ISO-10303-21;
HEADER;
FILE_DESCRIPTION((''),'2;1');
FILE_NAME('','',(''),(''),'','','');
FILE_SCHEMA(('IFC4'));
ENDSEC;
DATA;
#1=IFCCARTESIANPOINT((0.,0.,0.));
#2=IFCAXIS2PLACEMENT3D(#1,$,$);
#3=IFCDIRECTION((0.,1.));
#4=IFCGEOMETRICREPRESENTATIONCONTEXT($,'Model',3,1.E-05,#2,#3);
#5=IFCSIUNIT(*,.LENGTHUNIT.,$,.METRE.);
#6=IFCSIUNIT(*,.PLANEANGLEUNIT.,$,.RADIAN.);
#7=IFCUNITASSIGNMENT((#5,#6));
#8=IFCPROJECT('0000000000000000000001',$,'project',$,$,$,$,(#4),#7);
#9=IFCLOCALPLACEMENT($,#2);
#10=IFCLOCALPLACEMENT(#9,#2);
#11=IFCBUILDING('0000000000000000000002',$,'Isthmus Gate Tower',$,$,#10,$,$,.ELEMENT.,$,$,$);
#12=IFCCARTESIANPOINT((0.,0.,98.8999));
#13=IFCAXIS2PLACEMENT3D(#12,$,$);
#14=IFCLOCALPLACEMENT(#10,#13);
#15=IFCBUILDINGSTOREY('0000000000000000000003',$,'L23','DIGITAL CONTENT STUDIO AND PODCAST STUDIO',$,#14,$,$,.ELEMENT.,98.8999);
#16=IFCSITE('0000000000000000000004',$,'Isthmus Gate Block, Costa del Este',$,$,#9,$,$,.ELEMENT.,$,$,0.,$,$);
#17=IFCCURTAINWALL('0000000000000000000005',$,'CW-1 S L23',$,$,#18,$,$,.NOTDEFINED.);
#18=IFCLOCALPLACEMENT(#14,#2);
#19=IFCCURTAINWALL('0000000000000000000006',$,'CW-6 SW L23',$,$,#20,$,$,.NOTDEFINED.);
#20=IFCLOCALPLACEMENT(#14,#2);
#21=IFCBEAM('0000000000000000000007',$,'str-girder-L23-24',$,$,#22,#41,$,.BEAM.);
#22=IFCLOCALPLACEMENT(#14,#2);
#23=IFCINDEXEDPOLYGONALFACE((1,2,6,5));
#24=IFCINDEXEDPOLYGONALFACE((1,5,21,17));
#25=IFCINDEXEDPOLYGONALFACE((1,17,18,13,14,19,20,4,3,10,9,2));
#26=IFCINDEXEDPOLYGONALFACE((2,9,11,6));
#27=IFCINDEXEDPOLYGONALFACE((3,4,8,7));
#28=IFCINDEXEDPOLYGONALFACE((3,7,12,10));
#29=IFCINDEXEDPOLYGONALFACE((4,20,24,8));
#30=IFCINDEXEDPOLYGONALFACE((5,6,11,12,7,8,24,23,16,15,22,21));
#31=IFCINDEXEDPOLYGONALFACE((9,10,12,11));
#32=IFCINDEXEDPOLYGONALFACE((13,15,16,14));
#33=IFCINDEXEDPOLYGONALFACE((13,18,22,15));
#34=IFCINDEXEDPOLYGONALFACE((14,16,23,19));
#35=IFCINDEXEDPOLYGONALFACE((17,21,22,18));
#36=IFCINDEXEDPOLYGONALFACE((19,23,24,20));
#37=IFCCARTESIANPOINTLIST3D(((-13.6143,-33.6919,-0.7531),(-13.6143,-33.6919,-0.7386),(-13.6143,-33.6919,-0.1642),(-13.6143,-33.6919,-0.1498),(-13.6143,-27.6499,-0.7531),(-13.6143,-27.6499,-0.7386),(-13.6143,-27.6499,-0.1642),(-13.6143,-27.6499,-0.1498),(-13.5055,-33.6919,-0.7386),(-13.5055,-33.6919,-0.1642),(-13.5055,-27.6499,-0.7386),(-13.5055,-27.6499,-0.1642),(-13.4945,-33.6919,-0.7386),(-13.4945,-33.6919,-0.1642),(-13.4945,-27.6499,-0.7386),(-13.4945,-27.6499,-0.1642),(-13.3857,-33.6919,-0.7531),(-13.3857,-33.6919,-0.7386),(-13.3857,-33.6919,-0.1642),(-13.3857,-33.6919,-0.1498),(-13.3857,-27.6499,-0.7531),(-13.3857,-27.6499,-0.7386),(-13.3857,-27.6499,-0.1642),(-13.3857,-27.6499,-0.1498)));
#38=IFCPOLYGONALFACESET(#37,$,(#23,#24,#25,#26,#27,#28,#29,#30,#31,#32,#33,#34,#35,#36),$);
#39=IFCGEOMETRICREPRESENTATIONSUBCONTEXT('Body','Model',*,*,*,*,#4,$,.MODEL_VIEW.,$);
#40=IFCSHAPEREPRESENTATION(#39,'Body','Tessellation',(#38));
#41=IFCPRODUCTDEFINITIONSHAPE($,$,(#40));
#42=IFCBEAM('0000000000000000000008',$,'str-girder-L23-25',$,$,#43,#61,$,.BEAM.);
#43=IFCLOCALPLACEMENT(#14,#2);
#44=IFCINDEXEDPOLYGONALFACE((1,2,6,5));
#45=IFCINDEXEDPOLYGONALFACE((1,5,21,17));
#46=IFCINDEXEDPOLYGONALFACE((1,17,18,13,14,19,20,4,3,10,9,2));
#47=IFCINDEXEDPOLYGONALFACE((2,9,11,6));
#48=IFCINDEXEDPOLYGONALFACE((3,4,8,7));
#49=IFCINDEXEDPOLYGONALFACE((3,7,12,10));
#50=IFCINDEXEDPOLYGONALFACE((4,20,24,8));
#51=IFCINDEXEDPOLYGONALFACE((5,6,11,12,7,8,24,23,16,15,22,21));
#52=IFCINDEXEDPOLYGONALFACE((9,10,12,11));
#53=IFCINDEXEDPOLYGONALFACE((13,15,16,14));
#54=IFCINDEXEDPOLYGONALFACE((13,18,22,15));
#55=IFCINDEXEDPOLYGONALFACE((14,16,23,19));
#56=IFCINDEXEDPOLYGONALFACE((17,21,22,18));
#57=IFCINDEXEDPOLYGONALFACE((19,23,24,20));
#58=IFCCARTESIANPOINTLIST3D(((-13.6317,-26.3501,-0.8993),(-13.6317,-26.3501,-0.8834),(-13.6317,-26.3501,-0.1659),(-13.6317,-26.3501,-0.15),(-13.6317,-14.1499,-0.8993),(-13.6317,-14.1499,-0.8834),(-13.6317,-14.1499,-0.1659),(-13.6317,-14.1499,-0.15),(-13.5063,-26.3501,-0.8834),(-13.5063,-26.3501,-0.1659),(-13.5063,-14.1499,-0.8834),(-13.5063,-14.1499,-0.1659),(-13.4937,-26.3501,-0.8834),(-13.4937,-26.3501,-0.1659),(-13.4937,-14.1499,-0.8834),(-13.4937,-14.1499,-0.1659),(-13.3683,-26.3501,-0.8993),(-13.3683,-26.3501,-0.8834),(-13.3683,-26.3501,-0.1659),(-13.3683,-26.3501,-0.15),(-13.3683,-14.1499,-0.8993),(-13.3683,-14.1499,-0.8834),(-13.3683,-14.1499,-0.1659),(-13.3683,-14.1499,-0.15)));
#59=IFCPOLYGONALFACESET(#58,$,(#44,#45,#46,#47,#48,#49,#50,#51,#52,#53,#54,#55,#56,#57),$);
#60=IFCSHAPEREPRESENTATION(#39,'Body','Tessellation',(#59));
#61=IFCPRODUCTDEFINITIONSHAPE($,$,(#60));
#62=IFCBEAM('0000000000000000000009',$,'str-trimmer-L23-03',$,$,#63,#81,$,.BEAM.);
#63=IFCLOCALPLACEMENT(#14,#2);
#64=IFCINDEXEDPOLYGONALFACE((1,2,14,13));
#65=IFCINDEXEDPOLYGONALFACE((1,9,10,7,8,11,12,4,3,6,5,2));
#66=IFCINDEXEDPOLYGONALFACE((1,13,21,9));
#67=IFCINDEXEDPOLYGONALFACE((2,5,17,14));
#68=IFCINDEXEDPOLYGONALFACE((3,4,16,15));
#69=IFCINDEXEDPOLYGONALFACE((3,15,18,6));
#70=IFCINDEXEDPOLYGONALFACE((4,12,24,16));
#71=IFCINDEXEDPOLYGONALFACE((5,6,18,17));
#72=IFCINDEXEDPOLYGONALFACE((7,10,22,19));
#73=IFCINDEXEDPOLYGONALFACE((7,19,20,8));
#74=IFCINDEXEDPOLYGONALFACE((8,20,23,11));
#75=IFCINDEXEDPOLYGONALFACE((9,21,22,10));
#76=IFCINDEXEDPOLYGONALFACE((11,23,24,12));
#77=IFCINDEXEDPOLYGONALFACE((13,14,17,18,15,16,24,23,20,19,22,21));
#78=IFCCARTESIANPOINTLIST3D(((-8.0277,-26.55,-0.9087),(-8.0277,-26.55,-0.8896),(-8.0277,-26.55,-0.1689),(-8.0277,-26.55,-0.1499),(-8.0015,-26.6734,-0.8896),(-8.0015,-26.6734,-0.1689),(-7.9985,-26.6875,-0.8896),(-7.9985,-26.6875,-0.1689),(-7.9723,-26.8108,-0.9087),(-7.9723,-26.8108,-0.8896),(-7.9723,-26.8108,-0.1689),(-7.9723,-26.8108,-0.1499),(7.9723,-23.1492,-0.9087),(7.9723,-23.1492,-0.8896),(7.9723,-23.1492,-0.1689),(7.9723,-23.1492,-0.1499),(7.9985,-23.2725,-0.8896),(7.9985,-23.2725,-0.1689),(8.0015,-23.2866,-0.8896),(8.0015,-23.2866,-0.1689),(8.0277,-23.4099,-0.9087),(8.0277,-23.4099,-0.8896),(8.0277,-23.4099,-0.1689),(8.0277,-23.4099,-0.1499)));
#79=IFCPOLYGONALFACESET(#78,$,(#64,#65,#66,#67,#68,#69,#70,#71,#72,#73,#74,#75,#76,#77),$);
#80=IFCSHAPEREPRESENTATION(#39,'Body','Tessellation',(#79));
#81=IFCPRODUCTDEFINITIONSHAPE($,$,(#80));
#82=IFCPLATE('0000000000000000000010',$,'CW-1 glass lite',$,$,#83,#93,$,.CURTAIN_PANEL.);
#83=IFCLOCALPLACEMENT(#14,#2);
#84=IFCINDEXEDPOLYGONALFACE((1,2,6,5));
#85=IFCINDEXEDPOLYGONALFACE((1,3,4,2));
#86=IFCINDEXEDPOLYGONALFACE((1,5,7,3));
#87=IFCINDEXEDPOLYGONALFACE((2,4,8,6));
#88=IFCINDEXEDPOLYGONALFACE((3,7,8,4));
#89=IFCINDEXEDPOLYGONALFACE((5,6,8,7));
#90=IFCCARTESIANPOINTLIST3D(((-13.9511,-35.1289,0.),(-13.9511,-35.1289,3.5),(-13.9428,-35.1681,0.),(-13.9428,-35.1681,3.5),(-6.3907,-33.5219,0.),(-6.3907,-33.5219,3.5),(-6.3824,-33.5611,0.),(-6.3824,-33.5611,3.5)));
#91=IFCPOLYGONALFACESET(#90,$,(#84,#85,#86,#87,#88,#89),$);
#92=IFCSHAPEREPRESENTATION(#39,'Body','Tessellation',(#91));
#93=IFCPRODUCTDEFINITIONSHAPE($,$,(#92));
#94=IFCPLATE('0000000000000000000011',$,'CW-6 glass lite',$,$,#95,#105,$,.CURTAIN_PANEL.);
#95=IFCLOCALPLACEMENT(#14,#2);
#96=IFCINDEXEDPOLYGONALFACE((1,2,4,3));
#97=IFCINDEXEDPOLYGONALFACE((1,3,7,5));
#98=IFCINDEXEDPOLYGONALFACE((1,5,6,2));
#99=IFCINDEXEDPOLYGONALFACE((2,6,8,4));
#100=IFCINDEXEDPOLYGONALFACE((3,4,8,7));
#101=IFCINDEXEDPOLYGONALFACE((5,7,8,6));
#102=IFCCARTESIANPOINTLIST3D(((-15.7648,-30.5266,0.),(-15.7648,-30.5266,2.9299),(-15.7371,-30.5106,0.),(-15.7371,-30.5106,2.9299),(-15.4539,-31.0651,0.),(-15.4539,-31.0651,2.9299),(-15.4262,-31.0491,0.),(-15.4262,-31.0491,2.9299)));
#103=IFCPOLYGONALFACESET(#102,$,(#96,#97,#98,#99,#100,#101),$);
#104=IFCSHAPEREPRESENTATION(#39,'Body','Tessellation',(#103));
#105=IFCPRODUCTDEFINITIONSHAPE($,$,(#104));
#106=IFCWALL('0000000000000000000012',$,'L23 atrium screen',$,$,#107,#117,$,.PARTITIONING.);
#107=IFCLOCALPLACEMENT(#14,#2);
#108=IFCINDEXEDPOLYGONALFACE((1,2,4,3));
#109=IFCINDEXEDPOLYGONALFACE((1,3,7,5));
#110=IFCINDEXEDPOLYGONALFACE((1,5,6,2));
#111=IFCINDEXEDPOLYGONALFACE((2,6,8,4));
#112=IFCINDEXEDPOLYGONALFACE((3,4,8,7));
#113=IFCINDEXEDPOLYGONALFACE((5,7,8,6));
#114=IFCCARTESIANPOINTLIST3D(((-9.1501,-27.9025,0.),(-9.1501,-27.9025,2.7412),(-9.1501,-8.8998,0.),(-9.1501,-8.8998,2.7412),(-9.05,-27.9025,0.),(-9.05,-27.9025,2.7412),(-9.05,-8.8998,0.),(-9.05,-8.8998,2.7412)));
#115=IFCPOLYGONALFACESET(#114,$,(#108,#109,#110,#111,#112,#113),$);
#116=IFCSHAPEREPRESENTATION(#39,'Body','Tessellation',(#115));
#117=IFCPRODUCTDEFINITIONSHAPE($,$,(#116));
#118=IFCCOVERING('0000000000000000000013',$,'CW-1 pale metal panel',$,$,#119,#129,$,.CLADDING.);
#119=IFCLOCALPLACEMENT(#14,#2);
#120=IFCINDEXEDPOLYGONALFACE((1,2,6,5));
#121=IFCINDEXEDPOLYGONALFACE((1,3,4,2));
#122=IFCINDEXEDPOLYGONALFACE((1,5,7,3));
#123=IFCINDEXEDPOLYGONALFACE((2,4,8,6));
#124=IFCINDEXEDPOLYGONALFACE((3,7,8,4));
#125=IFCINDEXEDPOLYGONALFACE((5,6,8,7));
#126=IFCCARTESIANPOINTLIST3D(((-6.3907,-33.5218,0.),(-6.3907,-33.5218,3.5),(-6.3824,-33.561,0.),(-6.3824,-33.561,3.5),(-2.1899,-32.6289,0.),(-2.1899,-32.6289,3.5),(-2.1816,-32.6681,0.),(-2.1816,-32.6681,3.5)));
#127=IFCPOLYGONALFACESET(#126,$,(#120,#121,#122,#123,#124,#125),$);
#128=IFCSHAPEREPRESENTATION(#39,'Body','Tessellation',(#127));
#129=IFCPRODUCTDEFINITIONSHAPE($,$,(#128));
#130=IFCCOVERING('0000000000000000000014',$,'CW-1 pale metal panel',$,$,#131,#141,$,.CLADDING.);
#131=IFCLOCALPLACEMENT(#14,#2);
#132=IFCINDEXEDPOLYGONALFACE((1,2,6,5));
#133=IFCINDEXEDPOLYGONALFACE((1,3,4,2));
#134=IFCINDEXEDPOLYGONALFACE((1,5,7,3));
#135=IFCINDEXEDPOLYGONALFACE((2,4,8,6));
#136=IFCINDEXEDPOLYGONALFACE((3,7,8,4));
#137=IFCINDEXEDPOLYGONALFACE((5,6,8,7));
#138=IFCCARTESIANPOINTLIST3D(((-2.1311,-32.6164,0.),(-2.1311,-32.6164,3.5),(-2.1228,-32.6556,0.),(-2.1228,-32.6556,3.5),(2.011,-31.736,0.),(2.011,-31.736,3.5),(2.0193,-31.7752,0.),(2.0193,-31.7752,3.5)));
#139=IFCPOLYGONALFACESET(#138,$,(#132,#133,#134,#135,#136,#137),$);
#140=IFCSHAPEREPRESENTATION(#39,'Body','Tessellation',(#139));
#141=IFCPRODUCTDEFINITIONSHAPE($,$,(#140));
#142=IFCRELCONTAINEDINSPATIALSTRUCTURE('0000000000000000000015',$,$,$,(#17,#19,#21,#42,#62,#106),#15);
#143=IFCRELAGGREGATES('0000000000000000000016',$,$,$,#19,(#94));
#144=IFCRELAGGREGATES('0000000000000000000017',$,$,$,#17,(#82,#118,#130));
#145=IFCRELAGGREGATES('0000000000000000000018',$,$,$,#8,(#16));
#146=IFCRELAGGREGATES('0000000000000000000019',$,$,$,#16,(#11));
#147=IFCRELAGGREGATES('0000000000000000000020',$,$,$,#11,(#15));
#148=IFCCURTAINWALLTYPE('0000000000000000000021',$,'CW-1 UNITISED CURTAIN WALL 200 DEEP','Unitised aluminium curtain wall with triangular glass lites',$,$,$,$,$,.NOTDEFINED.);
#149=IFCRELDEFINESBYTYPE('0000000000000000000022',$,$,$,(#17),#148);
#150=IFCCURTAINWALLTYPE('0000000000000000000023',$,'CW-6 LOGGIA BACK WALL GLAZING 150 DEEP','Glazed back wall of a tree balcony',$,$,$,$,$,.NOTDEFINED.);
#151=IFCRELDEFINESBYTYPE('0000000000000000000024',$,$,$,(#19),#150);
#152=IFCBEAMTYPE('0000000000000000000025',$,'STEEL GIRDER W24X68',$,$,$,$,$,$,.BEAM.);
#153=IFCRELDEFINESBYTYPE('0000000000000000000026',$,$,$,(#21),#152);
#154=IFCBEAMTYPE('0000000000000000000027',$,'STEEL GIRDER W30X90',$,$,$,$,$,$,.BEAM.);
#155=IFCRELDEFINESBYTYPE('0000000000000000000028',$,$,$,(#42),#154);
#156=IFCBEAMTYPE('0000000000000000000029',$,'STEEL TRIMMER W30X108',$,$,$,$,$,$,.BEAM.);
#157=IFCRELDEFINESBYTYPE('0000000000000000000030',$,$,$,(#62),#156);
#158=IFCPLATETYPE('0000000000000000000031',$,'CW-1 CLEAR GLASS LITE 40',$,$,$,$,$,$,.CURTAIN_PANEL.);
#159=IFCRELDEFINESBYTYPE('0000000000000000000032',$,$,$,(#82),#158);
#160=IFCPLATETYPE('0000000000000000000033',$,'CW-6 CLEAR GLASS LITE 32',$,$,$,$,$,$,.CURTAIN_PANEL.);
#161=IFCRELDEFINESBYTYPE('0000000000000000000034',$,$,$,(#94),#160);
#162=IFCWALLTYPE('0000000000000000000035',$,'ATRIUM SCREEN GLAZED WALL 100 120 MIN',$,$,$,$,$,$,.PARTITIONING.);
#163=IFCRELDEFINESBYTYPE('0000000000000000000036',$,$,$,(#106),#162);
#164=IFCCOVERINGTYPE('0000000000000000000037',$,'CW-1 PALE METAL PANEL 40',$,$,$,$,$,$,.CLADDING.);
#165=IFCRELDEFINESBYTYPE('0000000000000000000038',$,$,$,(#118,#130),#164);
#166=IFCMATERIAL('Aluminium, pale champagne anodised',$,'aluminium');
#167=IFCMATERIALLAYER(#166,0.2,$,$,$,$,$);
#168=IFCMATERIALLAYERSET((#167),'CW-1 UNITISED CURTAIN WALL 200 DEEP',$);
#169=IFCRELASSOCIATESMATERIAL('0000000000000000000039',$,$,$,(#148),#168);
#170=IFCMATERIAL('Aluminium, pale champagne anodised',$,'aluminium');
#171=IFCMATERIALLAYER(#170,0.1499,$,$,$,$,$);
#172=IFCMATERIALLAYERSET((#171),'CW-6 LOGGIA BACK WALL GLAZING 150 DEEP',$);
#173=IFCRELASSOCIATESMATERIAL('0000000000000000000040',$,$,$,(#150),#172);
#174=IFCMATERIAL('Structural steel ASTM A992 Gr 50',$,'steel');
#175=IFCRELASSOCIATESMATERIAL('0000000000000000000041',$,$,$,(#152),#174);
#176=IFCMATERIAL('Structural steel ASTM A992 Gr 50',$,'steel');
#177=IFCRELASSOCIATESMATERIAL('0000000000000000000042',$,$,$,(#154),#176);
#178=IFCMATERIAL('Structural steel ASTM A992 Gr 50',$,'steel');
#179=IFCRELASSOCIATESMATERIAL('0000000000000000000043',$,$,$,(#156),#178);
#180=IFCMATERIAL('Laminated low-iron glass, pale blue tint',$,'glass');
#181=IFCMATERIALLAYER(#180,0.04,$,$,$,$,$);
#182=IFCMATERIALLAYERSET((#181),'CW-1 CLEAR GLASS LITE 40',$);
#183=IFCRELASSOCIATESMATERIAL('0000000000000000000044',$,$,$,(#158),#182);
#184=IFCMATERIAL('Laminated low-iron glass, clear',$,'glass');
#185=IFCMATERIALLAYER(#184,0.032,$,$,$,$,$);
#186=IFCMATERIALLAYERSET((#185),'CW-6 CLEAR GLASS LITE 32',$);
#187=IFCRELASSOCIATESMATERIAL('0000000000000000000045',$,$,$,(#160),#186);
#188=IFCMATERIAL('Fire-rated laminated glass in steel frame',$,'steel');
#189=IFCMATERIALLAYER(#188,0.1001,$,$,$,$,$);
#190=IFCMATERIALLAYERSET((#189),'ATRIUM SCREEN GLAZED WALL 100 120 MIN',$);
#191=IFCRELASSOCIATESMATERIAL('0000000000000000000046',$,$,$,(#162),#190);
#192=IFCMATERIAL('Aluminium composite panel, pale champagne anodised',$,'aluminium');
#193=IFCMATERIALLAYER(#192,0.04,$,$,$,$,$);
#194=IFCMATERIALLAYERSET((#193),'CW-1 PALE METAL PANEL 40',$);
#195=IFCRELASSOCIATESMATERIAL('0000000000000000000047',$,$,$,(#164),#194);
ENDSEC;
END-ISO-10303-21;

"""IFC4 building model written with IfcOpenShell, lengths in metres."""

from ifc_helpers import new_model, si_unit, direction, frame, frame_2d, origin, origin_2d, place, context, subcontext, project, spatial, rectangle, i_section, extrude, material, layer, layer_set, material_profile, profile_set, type_object, element, aggregate, save


model = new_model("IFC4")

# Units and contexts
model_context = context("Model", 3, precision=1e-05, world=origin(), true_north=direction((0.0, 1.0)))
body_context = subcontext(model_context, "Body", "Model", "MODEL_VIEW")
ifc_project = project(units=[si_unit("LENGTHUNIT", "METRE"), si_unit("PLANEANGLEUNIT", "RADIAN")], contexts=[model_context])

# Site, building, storey
site_placement = place(None, origin())
site = spatial("IfcSite", under=ifc_project, at=site_placement, Name="Isthmus Gate Block, Costa del Este", CompositionType="ELEMENT", RefElevation=0.0)
building_placement = place(site_placement, origin())
building = spatial("IfcBuilding", under=site, at=building_placement, Name="Isthmus Gate Tower", CompositionType="ELEMENT")
storey_placement = place(building_placement, frame((0.0, 0.0, 98.8999)))
storey = spatial("IfcBuildingStorey", under=building, at=storey_placement, Name="L23", Description="DIGITAL CONTENT STUDIO AND PODCAST STUDIO", CompositionType="ELEMENT", Elevation=98.8999)

# Curtain wall
ifc_material_1 = material(Name="Aluminium, pale champagne anodised", Category="aluminium")
ifc_layer_1 = layer(ifc_material_1, 0.2)
ifc_layer_set_1 = layer_set([ifc_layer_1], Name="CW-1 UNITISED CURTAIN WALL 200 DEEP")
curtain_wall_type_1 = type_object("IfcCurtainWallType", Name="CW-1 UNITISED CURTAIN WALL 200 DEEP", Description="Unitised aluminium curtain wall with triangular glass lites", PredefinedType="NOTDEFINED", material=ifc_layer_set_1)
curtain_wall_1_placement = place(storey_placement, origin())
curtain_wall_1 = element("IfcCurtainWall", 1, at=curtain_wall_1_placement, inside=storey, type_object=curtain_wall_type_1, Name="CW-1 S L23", PredefinedType="NOTDEFINED")

# Curtain wall
ifc_material_2 = material(Name="Aluminium, pale champagne anodised", Category="aluminium")
ifc_layer_2 = layer(ifc_material_2, 0.1499)
ifc_layer_set_2 = layer_set([ifc_layer_2], Name="CW-6 LOGGIA BACK WALL GLAZING 150 DEEP")
curtain_wall_type_2 = type_object("IfcCurtainWallType", Name="CW-6 LOGGIA BACK WALL GLAZING 150 DEEP", Description="Glazed back wall of a tree balcony", PredefinedType="NOTDEFINED", material=ifc_layer_set_2)
curtain_wall_2_placement = place(storey_placement, origin())
curtain_wall_2 = element("IfcCurtainWall", 2, at=curtain_wall_2_placement, inside=storey, type_object=curtain_wall_type_2, Name="CW-6 SW L23", PredefinedType="NOTDEFINED")

# Beams
ifc_material_3 = material(Name="Structural steel ASTM A992 Gr 50", Category="steel")
ifc_material_profile_1 = material_profile(ifc_material_3, i_section(OverallWidth=0.2285, OverallDepth=0.6033, WebThickness=0.011, FlangeThickness=0.0144, at=origin_2d()), Name="W24X68")
ifc_profile_set_1 = profile_set([ifc_material_profile_1], Name="Structural steel ASTM A992 Gr 50")
beam_type_1 = type_object("IfcBeamType", Name="STEEL GIRDER W24X68", PredefinedType="BEAM", material=ifc_profile_set_1)
beam_1_placement = place(storey_placement, frame((-13.5, -33.6919, -0.4514), z_axis=(0.0, 1.0, 0.0), x_axis=(-1.0, 0.0, 0.0)))
element("IfcBeam", 3, at=beam_1_placement, inside=storey, type_object=beam_type_1, Name="str-girder-L23-24", PredefinedType="BEAM", context=body_context, shape_type="SweptSolid", body=[
    extrude(i_section(OverallWidth=0.2285, OverallDepth=0.6033, WebThickness=0.011, FlangeThickness=0.0144, at=origin_2d()), origin(), (0.0, 0.0, 1.0), 6.042),
])
ifc_material_4 = material(Name="Structural steel ASTM A992 Gr 50", Category="steel")
ifc_material_profile_2 = material_profile(ifc_material_4, i_section(OverallWidth=0.2634, OverallDepth=0.7493, WebThickness=0.0127, FlangeThickness=0.0159, at=origin_2d()), Name="W30X90")
ifc_profile_set_2 = profile_set([ifc_material_profile_2], Name="Structural steel ASTM A992 Gr 50")
beam_type_2 = type_object("IfcBeamType", Name="STEEL GIRDER W30X90", PredefinedType="BEAM", material=ifc_profile_set_2)
beam_2_placement = place(storey_placement, frame((-13.5, -26.3501, -0.5247), z_axis=(0.0, 1.0, 0.0), x_axis=(-1.0, 0.0, 0.0)))
element("IfcBeam", 4, at=beam_2_placement, inside=storey, type_object=beam_type_2, Name="str-girder-L23-25", PredefinedType="BEAM", context=body_context, shape_type="SweptSolid", body=[
    extrude(i_section(OverallWidth=0.2634, OverallDepth=0.7493, WebThickness=0.0127, FlangeThickness=0.0159, at=origin_2d()), origin(), (0.0, 0.0, 1.0), 12.2002),
])
ifc_material_5 = material(Name="Structural steel ASTM A992 Gr 50", Category="steel")
ifc_material_profile_3 = material_profile(ifc_material_5, i_section(OverallWidth=0.2666, OverallDepth=0.7588, WebThickness=0.0144, FlangeThickness=0.019, at=origin_2d()), Name="W30X108")
ifc_profile_set_3 = profile_set([ifc_material_profile_3], Name="Structural steel ASTM A992 Gr 50")
beam_type_3 = type_object("IfcBeamType", Name="STEEL TRIMMER W30X108", PredefinedType="BEAM", material=ifc_profile_set_3)
beam_3_placement = place(storey_placement, frame((-8.0, -26.6804, -0.5293), z_axis=(0.978148, 0.20791, 0.0), x_axis=(-0.20791, 0.978148, 0.0)))
element("IfcBeam", 5, at=beam_3_placement, inside=storey, type_object=beam_type_3, Name="str-trimmer-L23-03", PredefinedType="BEAM", context=body_context, shape_type="SweptSolid", body=[
    extrude(i_section(OverallWidth=0.2666, OverallDepth=0.7588, WebThickness=0.0144, FlangeThickness=0.019, at=origin_2d()), origin(), (0.0, 0.0, 1.0), 16.3574),
])

# Plates
ifc_material_6 = material(Name="Laminated low-iron glass, pale blue tint", Category="glass")
ifc_layer_3 = layer(ifc_material_6, 0.04)
ifc_layer_set_3 = layer_set([ifc_layer_3], Name="CW-1 CLEAR GLASS LITE 40")
plate_type_1 = type_object("IfcPlateType", Name="CW-1 CLEAR GLASS LITE 40", PredefinedType="CURTAIN_PANEL", material=ifc_layer_set_3)
plate_1_placement = place(storey_placement, frame((-10.1667, -34.345, 0.0), z_axis=(0.0, 0.0, 1.0), x_axis=(0.978148, 0.207912, 0.0)))
plate_1 = element("IfcPlate", 6, at=plate_1_placement, type_object=plate_type_1, Name="CW-1 glass lite", PredefinedType="CURTAIN_PANEL", context=body_context, shape_type="SweptSolid", body=[
    extrude(rectangle(XDim=7.7292, YDim=0.04, at=origin_2d()), origin(), (0.0, 0.0, 1.0), 3.5),
])
ifc_material_7 = material(Name="Laminated low-iron glass, clear", Category="glass")
ifc_layer_4 = layer(ifc_material_7, 0.032)
ifc_layer_set_4 = layer_set([ifc_layer_4], Name="CW-6 CLEAR GLASS LITE 32")
plate_type_2 = type_object("IfcPlateType", Name="CW-6 CLEAR GLASS LITE 32", PredefinedType="CURTAIN_PANEL", material=ifc_layer_set_4)
plate_2_placement = place(storey_placement, frame((-15.5955, -30.7878, 0.0), z_axis=(0.0, 0.0, 1.0), x_axis=(0.5, -0.866025, 0.0)))
plate_2 = element("IfcPlate", 7, at=plate_2_placement, type_object=plate_type_2, Name="CW-6 glass lite", PredefinedType="CURTAIN_PANEL", context=body_context, shape_type="SweptSolid", body=[
    extrude(rectangle(XDim=0.6218, YDim=0.032, at=origin_2d()), origin(), (0.0, 0.0, 1.0), 2.9299),
])
aggregate(curtain_wall_2, [plate_2])

# Wall
ifc_material_8 = material(Name="Fire-rated laminated glass in steel frame", Category="steel")
ifc_layer_5 = layer(ifc_material_8, 0.1001)
ifc_layer_set_5 = layer_set([ifc_layer_5], Name="ATRIUM SCREEN GLAZED WALL 100 120 MIN")
wall_type = type_object("IfcWallType", Name="ATRIUM SCREEN GLAZED WALL 100 120 MIN", PredefinedType="PARTITIONING", material=ifc_layer_set_5)
wall_placement = place(storey_placement, frame((-9.1001, -27.9026, 0.0), z_axis=(0.0, 0.0, 1.0), x_axis=(0.0, 1.0, 0.0)))
element("IfcWall", 8, at=wall_placement, inside=storey, type_object=wall_type, Name="L23 atrium screen", PredefinedType="PARTITIONING", context=body_context, shape_type="SweptSolid", body=[
    extrude(rectangle(XDim=19.0027, YDim=0.1001, at=frame_2d((9.5015, 0.0))), origin(), (0.0, 0.0, 1.0), 2.7412),
])

# Coverings
ifc_material_9 = material(Name="Aluminium composite panel, pale champagne anodised", Category="aluminium")
ifc_layer_6 = layer(ifc_material_9, 0.04)
ifc_layer_set_6 = layer_set([ifc_layer_6], Name="CW-1 PALE METAL PANEL 40")
covering_type = type_object("IfcCoveringType", Name="CW-1 PALE METAL PANEL 40", PredefinedType="CLADDING", material=ifc_layer_set_6)
covering_1_placement = place(storey_placement, frame((-4.2861, -33.095, 0.0), z_axis=(0.0, 0.0, 1.0), x_axis=(0.978148, 0.207912, 0.0)))
covering_1 = element("IfcCovering", 9, at=covering_1_placement, type_object=covering_type, Name="CW-1 pale metal panel", PredefinedType="CLADDING", context=body_context, shape_type="SweptSolid", body=[
    extrude(rectangle(XDim=4.2947, YDim=0.04, at=origin_2d()), origin(), (0.0, 0.0, 1.0), 3.5),
])
covering_2_placement = place(storey_placement, frame((-0.0559, -32.1958, 0.0), z_axis=(0.0, 0.0, 1.0), x_axis=(0.978148, 0.207912, 0.0)))
covering_2 = element("IfcCovering", 10, at=covering_2_placement, type_object=covering_type, Name="CW-1 pale metal panel", PredefinedType="CLADDING", context=body_context, shape_type="SweptSolid", body=[
    extrude(rectangle(XDim=4.2346, YDim=0.04, at=origin_2d()), origin(), (0.0, 0.0, 1.0), 3.5),
])
aggregate(curtain_wall_1, [plate_1, covering_1, covering_2])

save(model, "model.ifc")
